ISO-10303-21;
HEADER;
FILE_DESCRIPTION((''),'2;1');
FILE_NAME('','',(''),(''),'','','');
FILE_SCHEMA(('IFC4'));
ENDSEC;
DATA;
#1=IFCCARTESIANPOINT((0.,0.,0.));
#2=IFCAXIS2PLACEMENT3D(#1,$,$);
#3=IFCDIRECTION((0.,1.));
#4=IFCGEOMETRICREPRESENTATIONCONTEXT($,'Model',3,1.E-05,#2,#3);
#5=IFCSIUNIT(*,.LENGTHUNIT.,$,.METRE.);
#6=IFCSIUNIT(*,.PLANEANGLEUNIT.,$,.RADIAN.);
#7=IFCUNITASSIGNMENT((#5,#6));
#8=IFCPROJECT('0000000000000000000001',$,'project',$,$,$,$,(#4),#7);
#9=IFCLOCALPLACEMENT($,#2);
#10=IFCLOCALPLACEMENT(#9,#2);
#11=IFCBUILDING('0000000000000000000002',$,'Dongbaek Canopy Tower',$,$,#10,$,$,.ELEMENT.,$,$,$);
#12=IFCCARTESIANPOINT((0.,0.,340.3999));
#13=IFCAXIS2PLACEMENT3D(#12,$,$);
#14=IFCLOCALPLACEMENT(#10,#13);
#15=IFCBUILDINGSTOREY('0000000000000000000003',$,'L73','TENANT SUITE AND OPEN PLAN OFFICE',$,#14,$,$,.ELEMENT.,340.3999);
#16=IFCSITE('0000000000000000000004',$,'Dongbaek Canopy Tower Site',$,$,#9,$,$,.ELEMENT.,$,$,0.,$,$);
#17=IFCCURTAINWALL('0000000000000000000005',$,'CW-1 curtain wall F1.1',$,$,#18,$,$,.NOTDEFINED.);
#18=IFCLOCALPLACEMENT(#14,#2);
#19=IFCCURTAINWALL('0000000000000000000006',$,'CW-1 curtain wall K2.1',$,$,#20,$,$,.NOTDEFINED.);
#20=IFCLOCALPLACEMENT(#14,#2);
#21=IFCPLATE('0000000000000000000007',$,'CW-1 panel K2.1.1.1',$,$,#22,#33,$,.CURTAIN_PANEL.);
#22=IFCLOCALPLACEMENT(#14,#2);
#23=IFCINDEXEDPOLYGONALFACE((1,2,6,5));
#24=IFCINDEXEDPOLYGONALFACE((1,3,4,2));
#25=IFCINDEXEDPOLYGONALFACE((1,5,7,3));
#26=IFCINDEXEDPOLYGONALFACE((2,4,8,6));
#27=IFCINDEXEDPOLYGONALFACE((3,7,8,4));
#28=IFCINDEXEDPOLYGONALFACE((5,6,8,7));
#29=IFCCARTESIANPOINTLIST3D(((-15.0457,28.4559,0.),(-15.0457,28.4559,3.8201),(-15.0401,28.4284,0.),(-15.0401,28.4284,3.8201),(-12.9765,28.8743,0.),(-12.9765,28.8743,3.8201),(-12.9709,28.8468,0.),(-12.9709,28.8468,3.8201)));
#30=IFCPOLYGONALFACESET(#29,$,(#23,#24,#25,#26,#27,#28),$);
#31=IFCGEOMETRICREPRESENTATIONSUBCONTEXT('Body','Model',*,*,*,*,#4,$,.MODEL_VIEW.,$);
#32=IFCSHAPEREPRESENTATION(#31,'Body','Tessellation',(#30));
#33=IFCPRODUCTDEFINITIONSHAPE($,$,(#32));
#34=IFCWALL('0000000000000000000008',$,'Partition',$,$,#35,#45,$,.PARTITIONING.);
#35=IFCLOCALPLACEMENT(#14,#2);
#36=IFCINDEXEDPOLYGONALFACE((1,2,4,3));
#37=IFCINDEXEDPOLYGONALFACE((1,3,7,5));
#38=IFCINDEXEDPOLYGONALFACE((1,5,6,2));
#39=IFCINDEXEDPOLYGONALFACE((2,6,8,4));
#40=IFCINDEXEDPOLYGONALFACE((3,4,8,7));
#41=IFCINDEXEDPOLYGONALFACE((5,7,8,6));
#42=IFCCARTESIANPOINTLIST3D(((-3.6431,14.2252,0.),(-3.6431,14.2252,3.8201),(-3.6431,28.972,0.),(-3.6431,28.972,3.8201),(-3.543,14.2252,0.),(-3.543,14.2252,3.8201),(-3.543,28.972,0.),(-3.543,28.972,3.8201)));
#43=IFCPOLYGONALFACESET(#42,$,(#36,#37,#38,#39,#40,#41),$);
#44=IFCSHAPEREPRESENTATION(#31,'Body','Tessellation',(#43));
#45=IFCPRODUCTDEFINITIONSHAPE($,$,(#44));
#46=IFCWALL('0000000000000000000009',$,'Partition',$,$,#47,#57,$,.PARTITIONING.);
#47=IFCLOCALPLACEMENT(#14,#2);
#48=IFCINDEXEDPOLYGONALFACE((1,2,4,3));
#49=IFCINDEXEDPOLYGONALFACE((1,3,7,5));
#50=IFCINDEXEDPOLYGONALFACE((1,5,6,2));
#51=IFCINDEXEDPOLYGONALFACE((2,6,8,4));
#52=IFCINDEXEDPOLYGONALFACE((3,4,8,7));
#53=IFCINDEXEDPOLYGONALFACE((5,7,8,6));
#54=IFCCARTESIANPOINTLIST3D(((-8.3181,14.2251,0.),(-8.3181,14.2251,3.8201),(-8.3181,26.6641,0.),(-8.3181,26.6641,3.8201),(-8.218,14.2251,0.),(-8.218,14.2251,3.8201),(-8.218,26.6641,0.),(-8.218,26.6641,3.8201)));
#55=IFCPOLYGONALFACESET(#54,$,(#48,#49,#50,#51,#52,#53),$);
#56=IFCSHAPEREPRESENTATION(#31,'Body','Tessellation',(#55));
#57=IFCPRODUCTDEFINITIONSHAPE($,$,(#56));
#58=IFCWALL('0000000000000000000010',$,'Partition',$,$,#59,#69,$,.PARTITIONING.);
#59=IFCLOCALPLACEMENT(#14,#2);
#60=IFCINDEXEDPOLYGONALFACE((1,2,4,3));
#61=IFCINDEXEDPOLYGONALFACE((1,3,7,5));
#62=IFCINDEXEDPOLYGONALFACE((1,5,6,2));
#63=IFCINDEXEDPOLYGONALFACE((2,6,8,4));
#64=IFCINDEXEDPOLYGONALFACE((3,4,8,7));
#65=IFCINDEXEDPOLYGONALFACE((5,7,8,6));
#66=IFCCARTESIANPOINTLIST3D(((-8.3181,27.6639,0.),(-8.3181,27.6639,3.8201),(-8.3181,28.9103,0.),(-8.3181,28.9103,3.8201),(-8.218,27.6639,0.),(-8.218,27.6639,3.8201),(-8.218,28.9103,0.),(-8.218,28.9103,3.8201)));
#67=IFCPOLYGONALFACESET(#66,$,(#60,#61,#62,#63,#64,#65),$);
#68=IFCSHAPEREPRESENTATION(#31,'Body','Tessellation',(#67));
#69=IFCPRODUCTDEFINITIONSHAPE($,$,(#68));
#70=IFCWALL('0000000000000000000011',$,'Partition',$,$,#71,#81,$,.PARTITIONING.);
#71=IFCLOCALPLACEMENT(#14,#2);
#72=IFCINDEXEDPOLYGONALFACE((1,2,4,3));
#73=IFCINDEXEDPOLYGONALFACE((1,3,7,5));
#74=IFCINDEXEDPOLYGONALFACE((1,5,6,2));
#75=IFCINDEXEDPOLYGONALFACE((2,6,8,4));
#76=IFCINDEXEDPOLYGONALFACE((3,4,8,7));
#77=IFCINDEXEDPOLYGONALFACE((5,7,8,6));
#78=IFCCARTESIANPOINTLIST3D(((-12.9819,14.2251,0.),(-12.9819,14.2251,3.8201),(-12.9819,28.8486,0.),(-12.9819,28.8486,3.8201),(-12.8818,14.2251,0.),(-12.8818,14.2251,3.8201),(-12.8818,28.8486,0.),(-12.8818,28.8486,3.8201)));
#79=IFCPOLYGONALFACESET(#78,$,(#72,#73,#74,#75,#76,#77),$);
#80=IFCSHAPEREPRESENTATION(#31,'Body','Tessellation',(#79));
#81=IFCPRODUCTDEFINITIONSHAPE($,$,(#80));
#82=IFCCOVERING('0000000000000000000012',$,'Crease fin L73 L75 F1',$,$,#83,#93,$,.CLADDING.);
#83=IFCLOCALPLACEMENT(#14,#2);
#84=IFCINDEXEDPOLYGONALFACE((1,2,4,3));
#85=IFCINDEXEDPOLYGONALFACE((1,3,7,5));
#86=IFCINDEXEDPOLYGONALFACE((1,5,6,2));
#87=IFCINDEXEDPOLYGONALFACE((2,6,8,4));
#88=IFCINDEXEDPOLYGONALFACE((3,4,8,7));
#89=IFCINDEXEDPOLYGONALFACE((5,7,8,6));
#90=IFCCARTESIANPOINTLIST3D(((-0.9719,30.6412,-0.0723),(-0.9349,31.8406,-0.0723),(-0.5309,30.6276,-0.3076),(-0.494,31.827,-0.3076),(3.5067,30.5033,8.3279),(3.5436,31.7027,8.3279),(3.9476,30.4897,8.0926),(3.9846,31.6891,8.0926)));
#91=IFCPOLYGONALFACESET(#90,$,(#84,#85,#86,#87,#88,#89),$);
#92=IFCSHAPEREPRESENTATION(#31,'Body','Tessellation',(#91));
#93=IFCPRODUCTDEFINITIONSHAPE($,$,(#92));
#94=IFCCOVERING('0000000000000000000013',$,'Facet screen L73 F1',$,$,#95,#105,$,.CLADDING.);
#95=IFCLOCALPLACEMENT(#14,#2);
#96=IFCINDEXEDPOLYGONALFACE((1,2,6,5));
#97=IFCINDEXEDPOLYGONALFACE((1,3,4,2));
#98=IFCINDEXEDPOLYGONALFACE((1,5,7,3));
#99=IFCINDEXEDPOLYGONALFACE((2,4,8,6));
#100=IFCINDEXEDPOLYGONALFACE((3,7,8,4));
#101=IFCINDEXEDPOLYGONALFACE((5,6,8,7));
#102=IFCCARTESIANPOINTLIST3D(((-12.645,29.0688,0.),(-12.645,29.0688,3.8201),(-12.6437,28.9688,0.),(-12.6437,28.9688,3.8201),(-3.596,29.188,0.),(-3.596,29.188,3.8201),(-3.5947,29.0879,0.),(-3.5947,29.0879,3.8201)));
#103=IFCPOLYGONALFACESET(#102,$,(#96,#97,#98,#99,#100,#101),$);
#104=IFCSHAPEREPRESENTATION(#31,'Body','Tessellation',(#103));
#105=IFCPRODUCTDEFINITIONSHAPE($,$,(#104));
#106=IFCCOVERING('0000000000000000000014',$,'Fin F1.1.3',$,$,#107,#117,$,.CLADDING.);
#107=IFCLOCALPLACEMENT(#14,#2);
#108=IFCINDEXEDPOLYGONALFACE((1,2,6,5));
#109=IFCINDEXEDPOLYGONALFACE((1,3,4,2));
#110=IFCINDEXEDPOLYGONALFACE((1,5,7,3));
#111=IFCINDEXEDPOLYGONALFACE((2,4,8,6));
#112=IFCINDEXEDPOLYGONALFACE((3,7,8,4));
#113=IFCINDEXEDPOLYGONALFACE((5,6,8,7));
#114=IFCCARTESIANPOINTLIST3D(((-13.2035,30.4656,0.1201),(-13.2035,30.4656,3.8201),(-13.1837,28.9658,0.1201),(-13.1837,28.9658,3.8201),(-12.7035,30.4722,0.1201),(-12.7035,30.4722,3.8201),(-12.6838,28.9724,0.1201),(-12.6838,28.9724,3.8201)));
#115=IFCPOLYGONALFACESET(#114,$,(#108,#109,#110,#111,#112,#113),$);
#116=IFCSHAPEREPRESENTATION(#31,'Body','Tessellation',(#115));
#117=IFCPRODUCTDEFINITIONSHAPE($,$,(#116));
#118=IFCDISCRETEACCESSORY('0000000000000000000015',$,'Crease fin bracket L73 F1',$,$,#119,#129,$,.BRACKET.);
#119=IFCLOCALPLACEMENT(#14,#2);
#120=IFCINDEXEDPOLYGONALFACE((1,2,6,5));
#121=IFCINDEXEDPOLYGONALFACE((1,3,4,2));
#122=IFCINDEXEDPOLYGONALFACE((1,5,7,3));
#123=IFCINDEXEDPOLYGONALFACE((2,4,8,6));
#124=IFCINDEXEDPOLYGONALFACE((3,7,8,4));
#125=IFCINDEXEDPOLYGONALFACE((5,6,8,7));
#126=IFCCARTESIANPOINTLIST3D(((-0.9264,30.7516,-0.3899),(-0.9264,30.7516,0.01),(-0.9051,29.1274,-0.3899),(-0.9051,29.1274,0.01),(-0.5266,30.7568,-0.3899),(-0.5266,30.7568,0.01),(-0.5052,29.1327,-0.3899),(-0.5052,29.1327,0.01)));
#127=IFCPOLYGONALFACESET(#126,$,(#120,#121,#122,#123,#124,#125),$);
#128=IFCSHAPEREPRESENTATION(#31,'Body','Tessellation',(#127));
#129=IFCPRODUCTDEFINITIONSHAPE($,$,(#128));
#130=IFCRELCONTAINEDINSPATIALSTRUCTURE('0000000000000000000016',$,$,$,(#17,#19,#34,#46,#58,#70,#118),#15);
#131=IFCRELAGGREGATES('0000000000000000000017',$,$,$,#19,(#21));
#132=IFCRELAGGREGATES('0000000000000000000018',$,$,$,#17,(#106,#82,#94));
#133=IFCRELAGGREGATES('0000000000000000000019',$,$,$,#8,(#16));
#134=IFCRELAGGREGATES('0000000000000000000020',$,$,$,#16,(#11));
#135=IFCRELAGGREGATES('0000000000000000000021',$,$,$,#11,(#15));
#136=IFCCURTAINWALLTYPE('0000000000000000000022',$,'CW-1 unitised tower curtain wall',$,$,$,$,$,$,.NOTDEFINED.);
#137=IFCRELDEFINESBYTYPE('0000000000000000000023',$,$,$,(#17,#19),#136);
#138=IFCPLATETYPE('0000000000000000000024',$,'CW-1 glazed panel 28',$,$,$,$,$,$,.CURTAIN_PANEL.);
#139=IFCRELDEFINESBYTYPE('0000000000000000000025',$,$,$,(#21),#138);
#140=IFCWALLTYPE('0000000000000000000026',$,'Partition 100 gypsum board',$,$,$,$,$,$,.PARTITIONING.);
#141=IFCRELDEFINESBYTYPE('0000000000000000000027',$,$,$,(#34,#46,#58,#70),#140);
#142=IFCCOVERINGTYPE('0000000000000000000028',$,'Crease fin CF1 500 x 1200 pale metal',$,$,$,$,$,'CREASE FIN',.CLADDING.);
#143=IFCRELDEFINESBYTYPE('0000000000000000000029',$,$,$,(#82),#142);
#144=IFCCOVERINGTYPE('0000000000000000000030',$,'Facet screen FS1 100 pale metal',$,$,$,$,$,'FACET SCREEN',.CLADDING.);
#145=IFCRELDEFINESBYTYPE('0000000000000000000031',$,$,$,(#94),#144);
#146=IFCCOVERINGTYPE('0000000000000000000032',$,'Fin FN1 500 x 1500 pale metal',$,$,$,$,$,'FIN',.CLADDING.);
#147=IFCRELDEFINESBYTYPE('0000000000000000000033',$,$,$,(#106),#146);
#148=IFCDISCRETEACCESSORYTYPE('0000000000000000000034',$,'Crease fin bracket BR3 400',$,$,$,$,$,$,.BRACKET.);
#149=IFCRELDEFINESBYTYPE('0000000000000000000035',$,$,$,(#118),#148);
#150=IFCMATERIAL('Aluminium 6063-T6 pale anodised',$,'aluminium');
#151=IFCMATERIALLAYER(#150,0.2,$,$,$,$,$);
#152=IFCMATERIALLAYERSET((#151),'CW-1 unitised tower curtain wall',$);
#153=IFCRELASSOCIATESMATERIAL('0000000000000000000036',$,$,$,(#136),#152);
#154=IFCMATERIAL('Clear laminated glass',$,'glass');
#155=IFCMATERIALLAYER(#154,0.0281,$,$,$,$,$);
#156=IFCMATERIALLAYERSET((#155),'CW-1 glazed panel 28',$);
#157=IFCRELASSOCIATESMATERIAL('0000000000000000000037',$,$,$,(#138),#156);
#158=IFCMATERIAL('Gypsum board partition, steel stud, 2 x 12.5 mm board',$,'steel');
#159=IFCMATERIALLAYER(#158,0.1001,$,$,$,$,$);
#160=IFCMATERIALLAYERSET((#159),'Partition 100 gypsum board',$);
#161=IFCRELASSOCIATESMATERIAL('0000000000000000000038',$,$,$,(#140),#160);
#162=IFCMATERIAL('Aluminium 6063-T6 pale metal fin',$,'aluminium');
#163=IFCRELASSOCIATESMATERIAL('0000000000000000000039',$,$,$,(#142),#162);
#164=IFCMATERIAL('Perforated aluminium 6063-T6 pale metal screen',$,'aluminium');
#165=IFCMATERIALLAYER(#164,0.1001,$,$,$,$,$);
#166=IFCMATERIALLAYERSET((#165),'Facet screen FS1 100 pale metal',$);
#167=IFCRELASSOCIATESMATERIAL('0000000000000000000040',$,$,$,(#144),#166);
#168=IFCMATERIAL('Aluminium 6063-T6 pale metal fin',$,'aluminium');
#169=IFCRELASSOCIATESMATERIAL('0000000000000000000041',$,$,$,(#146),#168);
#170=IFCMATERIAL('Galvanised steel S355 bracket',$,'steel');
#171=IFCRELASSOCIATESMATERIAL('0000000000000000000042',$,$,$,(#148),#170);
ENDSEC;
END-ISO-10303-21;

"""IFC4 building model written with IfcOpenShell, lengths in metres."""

from ifc_helpers import new_model, si_unit, direction, frame, frame_2d, origin, origin_2d, place, context, subcontext, project, spatial, rectangle, extrude, material, layer, layer_set, material_profile, profile_set, type_object, element, aggregate, save


model = new_model("IFC4")

# Units and contexts
model_context = context("Model", 3, precision=1e-05, world=origin(), true_north=direction((0.0, 1.0)))
body_context = subcontext(model_context, "Body", "Model", "MODEL_VIEW")
ifc_project = project(units=[si_unit("LENGTHUNIT", "METRE"), si_unit("PLANEANGLEUNIT", "RADIAN")], contexts=[model_context])

# Site, building, storey
site_placement = place(None, origin())
site = spatial("IfcSite", under=ifc_project, at=site_placement, Name="Dongbaek Canopy Tower Site", CompositionType="ELEMENT", RefElevation=0.0)
building_placement = place(site_placement, origin())
building = spatial("IfcBuilding", under=site, at=building_placement, Name="Dongbaek Canopy Tower", CompositionType="ELEMENT")
storey_placement = place(building_placement, frame((0.0, 0.0, 340.3999)))
storey = spatial("IfcBuildingStorey", under=building, at=storey_placement, Name="L73", Description="TENANT SUITE AND OPEN PLAN OFFICE", CompositionType="ELEMENT", Elevation=340.3999)

# Curtain wall
ifc_material_1 = material(Name="Aluminium 6063-T6 pale anodised", Category="aluminium")
ifc_layer_1 = layer(ifc_material_1, 0.2)
ifc_layer_set_1 = layer_set([ifc_layer_1], Name="CW-1 unitised tower curtain wall")
curtain_wall_type = type_object("IfcCurtainWallType", Name="CW-1 unitised tower curtain wall", PredefinedType="NOTDEFINED", material=ifc_layer_set_1)
curtain_wall_1_placement = place(storey_placement, origin())
curtain_wall_1 = element("IfcCurtainWall", 1, at=curtain_wall_1_placement, inside=storey, type_object=curtain_wall_type, Name="CW-1 curtain wall F1.1", PredefinedType="NOTDEFINED")

# Shared definitions
ifc_material_2 = material(Name="Clear laminated glass", Category="glass")
ifc_layer_2 = layer(ifc_material_2, 0.0281)
ifc_layer_set_2 = layer_set([ifc_layer_2], Name="CW-1 glazed panel 28")
plate_type = type_object("IfcPlateType", Name="CW-1 glazed panel 28", PredefinedType="CURTAIN_PANEL", material=ifc_layer_set_2)

# Curtain wall, plate
curtain_wall_2_placement = place(storey_placement, origin())
curtain_wall_2 = element("IfcCurtainWall", 2, at=curtain_wall_2_placement, inside=storey, type_object=curtain_wall_type, Name="CW-1 curtain wall K2.1", PredefinedType="NOTDEFINED")
plate_1_placement = place(storey_placement, frame((-14.0083, 28.6514, 0.0), z_axis=(0.0, 0.0, 1.0), x_axis=(-0.980162, -0.198197, 0.0)))
plate_1 = element("IfcPlate", 3, at=plate_1_placement, type_object=plate_type, Name="CW-1 panel K2.1.1.1", PredefinedType="CURTAIN_PANEL", context=body_context, shape_type="SweptSolid", body=[
    extrude(rectangle(XDim=2.1111, YDim=0.0281, at=origin_2d()), origin(), (0.0, 0.0, 1.0), 3.8201),
])
aggregate(curtain_wall_2, [plate_1])

# Walls
ifc_material_3 = material(Name="Gypsum board partition, steel stud, 2 x 12.5 mm board", Category="steel")
ifc_layer_3 = layer(ifc_material_3, 0.1001)
ifc_layer_set_3 = layer_set([ifc_layer_3], Name="Partition 100 gypsum board")
wall_type = type_object("IfcWallType", Name="Partition 100 gypsum board", PredefinedType="PARTITIONING", material=ifc_layer_set_3)
wall_1_placement = place(storey_placement, frame((-3.593, 14.2251, 0.0), z_axis=(0.0, 0.0, 1.0), x_axis=(0.0, 1.0, 0.0)))
element("IfcWall", 4, at=wall_1_placement, inside=storey, type_object=wall_type, Name="Partition", PredefinedType="PARTITIONING", context=body_context, shape_type="SweptSolid", body=[
    extrude(rectangle(XDim=14.7468, YDim=0.1001, at=frame_2d((7.3735, 0.0))), origin(), (0.0, 0.0, 1.0), 3.8201),
])
wall_2_placement = place(storey_placement, frame((-8.2681, 14.2251, 0.0), z_axis=(0.0, 0.0, 1.0), x_axis=(0.0, 1.0, 0.0)))
element("IfcWall", 5, at=wall_2_placement, inside=storey, type_object=wall_type, Name="Partition", PredefinedType="PARTITIONING", context=body_context, shape_type="SweptSolid", body=[
    extrude(rectangle(XDim=12.439, YDim=0.1001, at=frame_2d((6.2195, 0.0))), origin(), (0.0, 0.0, 1.0), 3.8201),
])
wall_3_placement = place(storey_placement, frame((-8.2681, 27.6641, 0.0), z_axis=(0.0, 0.0, 1.0), x_axis=(0.0, 1.0, 0.0)))
element("IfcWall", 6, at=wall_3_placement, inside=storey, type_object=wall_type, Name="Partition", PredefinedType="PARTITIONING", context=body_context, shape_type="SweptSolid", body=[
    extrude(rectangle(XDim=1.2463, YDim=0.1001, at=frame_2d((0.623, 0.0))), origin(), (0.0, 0.0, 1.0), 3.8201),
])
wall_4_placement = place(storey_placement, frame((-12.9319, 14.2251, 0.0), z_axis=(0.0, 0.0, 1.0), x_axis=(0.0, 1.0, 0.0)))
element("IfcWall", 7, at=wall_4_placement, inside=storey, type_object=wall_type, Name="Partition", PredefinedType="PARTITIONING", context=body_context, shape_type="SweptSolid", body=[
    extrude(rectangle(XDim=14.6235, YDim=0.1001, at=frame_2d((7.3118, 0.0))), origin(), (0.0, 0.0, 1.0), 3.8201),
])

# Coverings
ifc_material_4 = material(Name="Aluminium 6063-T6 pale metal fin", Category="aluminium")
ifc_material_profile_1 = material_profile(ifc_material_4, rectangle(XDim=1.2, YDim=0.5, at=origin_2d()), Name="Crease fin CF1 500 x 1200 pale metal")
ifc_profile_set_1 = profile_set([ifc_material_profile_1], Name="Aluminium 6063-T6 pale metal fin")
covering_type_1 = type_object("IfcCoveringType", Name="Crease fin CF1 500 x 1200 pale metal", ElementType="CREASE FIN", PredefinedType="CLADDING", material=ifc_profile_set_1)
covering_1_placement = place(storey_placement, frame((-0.7329, 31.2341, -0.1899), z_axis=(0.470411, -0.014489, 0.882328), x_axis=(0.030786, 0.999526, 0.0)))
covering_1 = element("IfcCovering", 8, at=covering_1_placement, type_object=covering_type_1, Name="Crease fin L73 L75 F1", PredefinedType="CLADDING", context=body_context, shape_type="SweptSolid", body=[
    extrude(rectangle(XDim=1.2, YDim=0.5, at=origin_2d()), origin(), (0.0, 0.0, 1.0), 9.5205),
])
ifc_material_5 = material(Name="Perforated aluminium 6063-T6 pale metal screen", Category="aluminium")
ifc_layer_4 = layer(ifc_material_5, 0.1001)
ifc_layer_set_4 = layer_set([ifc_layer_4], Name="Facet screen FS1 100 pale metal")
covering_type_2 = type_object("IfcCoveringType", Name="Facet screen FS1 100 pale metal", ElementType="FACET SCREEN", PredefinedType="CLADDING", material=ifc_layer_set_4)
covering_2_placement = place(storey_placement, frame((-8.1199, 29.0784, 0.0), z_axis=(0.0, 0.0, 1.0), x_axis=(-0.999913, -0.013165, 0.0)))
covering_2 = element("IfcCovering", 9, at=covering_2_placement, type_object=covering_type_2, Name="Facet screen L73 F1", PredefinedType="CLADDING", context=body_context, shape_type="SweptSolid", body=[
    extrude(rectangle(XDim=9.0498, YDim=0.1001, at=origin_2d()), origin(), (0.0, 0.0, 1.0), 3.8201),
])
ifc_material_6 = material(Name="Aluminium 6063-T6 pale metal fin", Category="aluminium")
ifc_material_profile_2 = material_profile(ifc_material_6, rectangle(XDim=1.5, YDim=0.5, at=origin_2d()), Name="Fin FN1 500 x 1500 pale metal")
ifc_profile_set_2 = profile_set([ifc_material_profile_2], Name="Aluminium 6063-T6 pale metal fin")
covering_type_3 = type_object("IfcCoveringType", Name="Fin FN1 500 x 1500 pale metal", ElementType="FIN", PredefinedType="CLADDING", material=ifc_profile_set_2)
covering_3_placement = place(storey_placement, frame((-12.9436, 29.719, 0.1201), z_axis=(0.0, 0.0, 1.0), x_axis=(-0.013165, 0.999913, 0.0)))
covering_3 = element("IfcCovering", 10, at=covering_3_placement, type_object=covering_type_3, Name="Fin F1.1.3", PredefinedType="CLADDING", context=body_context, shape_type="SweptSolid", body=[
    extrude(rectangle(XDim=1.5, YDim=0.5, at=origin_2d()), origin(), (0.0, 0.0, 1.0), 3.7),
])
aggregate(curtain_wall_1, [covering_3, covering_1, covering_2])

# Discrete accessory
ifc_material_7 = material(Name="Galvanised steel S355 bracket", Category="steel")
discrete_accessory_type = type_object("IfcDiscreteAccessoryType", Name="Crease fin bracket BR3 400", PredefinedType="BRACKET", material=ifc_material_7)
discrete_accessory_placement = place(storey_placement, frame((-0.7158, 29.9421, -0.3899), z_axis=(0.0, 0.0, 1.0), x_axis=(-0.013165, 0.999913, 0.0)))
element("IfcDiscreteAccessory", 11, at=discrete_accessory_placement, inside=storey, type_object=discrete_accessory_type, Name="Crease fin bracket L73 F1", PredefinedType="BRACKET", context=body_context, shape_type="SweptSolid", body=[
    extrude(rectangle(XDim=1.6243, YDim=0.3999, at=origin_2d()), origin(), (0.0, 0.0, 1.0), 0.3999),
])

save(model, "model.ifc")
